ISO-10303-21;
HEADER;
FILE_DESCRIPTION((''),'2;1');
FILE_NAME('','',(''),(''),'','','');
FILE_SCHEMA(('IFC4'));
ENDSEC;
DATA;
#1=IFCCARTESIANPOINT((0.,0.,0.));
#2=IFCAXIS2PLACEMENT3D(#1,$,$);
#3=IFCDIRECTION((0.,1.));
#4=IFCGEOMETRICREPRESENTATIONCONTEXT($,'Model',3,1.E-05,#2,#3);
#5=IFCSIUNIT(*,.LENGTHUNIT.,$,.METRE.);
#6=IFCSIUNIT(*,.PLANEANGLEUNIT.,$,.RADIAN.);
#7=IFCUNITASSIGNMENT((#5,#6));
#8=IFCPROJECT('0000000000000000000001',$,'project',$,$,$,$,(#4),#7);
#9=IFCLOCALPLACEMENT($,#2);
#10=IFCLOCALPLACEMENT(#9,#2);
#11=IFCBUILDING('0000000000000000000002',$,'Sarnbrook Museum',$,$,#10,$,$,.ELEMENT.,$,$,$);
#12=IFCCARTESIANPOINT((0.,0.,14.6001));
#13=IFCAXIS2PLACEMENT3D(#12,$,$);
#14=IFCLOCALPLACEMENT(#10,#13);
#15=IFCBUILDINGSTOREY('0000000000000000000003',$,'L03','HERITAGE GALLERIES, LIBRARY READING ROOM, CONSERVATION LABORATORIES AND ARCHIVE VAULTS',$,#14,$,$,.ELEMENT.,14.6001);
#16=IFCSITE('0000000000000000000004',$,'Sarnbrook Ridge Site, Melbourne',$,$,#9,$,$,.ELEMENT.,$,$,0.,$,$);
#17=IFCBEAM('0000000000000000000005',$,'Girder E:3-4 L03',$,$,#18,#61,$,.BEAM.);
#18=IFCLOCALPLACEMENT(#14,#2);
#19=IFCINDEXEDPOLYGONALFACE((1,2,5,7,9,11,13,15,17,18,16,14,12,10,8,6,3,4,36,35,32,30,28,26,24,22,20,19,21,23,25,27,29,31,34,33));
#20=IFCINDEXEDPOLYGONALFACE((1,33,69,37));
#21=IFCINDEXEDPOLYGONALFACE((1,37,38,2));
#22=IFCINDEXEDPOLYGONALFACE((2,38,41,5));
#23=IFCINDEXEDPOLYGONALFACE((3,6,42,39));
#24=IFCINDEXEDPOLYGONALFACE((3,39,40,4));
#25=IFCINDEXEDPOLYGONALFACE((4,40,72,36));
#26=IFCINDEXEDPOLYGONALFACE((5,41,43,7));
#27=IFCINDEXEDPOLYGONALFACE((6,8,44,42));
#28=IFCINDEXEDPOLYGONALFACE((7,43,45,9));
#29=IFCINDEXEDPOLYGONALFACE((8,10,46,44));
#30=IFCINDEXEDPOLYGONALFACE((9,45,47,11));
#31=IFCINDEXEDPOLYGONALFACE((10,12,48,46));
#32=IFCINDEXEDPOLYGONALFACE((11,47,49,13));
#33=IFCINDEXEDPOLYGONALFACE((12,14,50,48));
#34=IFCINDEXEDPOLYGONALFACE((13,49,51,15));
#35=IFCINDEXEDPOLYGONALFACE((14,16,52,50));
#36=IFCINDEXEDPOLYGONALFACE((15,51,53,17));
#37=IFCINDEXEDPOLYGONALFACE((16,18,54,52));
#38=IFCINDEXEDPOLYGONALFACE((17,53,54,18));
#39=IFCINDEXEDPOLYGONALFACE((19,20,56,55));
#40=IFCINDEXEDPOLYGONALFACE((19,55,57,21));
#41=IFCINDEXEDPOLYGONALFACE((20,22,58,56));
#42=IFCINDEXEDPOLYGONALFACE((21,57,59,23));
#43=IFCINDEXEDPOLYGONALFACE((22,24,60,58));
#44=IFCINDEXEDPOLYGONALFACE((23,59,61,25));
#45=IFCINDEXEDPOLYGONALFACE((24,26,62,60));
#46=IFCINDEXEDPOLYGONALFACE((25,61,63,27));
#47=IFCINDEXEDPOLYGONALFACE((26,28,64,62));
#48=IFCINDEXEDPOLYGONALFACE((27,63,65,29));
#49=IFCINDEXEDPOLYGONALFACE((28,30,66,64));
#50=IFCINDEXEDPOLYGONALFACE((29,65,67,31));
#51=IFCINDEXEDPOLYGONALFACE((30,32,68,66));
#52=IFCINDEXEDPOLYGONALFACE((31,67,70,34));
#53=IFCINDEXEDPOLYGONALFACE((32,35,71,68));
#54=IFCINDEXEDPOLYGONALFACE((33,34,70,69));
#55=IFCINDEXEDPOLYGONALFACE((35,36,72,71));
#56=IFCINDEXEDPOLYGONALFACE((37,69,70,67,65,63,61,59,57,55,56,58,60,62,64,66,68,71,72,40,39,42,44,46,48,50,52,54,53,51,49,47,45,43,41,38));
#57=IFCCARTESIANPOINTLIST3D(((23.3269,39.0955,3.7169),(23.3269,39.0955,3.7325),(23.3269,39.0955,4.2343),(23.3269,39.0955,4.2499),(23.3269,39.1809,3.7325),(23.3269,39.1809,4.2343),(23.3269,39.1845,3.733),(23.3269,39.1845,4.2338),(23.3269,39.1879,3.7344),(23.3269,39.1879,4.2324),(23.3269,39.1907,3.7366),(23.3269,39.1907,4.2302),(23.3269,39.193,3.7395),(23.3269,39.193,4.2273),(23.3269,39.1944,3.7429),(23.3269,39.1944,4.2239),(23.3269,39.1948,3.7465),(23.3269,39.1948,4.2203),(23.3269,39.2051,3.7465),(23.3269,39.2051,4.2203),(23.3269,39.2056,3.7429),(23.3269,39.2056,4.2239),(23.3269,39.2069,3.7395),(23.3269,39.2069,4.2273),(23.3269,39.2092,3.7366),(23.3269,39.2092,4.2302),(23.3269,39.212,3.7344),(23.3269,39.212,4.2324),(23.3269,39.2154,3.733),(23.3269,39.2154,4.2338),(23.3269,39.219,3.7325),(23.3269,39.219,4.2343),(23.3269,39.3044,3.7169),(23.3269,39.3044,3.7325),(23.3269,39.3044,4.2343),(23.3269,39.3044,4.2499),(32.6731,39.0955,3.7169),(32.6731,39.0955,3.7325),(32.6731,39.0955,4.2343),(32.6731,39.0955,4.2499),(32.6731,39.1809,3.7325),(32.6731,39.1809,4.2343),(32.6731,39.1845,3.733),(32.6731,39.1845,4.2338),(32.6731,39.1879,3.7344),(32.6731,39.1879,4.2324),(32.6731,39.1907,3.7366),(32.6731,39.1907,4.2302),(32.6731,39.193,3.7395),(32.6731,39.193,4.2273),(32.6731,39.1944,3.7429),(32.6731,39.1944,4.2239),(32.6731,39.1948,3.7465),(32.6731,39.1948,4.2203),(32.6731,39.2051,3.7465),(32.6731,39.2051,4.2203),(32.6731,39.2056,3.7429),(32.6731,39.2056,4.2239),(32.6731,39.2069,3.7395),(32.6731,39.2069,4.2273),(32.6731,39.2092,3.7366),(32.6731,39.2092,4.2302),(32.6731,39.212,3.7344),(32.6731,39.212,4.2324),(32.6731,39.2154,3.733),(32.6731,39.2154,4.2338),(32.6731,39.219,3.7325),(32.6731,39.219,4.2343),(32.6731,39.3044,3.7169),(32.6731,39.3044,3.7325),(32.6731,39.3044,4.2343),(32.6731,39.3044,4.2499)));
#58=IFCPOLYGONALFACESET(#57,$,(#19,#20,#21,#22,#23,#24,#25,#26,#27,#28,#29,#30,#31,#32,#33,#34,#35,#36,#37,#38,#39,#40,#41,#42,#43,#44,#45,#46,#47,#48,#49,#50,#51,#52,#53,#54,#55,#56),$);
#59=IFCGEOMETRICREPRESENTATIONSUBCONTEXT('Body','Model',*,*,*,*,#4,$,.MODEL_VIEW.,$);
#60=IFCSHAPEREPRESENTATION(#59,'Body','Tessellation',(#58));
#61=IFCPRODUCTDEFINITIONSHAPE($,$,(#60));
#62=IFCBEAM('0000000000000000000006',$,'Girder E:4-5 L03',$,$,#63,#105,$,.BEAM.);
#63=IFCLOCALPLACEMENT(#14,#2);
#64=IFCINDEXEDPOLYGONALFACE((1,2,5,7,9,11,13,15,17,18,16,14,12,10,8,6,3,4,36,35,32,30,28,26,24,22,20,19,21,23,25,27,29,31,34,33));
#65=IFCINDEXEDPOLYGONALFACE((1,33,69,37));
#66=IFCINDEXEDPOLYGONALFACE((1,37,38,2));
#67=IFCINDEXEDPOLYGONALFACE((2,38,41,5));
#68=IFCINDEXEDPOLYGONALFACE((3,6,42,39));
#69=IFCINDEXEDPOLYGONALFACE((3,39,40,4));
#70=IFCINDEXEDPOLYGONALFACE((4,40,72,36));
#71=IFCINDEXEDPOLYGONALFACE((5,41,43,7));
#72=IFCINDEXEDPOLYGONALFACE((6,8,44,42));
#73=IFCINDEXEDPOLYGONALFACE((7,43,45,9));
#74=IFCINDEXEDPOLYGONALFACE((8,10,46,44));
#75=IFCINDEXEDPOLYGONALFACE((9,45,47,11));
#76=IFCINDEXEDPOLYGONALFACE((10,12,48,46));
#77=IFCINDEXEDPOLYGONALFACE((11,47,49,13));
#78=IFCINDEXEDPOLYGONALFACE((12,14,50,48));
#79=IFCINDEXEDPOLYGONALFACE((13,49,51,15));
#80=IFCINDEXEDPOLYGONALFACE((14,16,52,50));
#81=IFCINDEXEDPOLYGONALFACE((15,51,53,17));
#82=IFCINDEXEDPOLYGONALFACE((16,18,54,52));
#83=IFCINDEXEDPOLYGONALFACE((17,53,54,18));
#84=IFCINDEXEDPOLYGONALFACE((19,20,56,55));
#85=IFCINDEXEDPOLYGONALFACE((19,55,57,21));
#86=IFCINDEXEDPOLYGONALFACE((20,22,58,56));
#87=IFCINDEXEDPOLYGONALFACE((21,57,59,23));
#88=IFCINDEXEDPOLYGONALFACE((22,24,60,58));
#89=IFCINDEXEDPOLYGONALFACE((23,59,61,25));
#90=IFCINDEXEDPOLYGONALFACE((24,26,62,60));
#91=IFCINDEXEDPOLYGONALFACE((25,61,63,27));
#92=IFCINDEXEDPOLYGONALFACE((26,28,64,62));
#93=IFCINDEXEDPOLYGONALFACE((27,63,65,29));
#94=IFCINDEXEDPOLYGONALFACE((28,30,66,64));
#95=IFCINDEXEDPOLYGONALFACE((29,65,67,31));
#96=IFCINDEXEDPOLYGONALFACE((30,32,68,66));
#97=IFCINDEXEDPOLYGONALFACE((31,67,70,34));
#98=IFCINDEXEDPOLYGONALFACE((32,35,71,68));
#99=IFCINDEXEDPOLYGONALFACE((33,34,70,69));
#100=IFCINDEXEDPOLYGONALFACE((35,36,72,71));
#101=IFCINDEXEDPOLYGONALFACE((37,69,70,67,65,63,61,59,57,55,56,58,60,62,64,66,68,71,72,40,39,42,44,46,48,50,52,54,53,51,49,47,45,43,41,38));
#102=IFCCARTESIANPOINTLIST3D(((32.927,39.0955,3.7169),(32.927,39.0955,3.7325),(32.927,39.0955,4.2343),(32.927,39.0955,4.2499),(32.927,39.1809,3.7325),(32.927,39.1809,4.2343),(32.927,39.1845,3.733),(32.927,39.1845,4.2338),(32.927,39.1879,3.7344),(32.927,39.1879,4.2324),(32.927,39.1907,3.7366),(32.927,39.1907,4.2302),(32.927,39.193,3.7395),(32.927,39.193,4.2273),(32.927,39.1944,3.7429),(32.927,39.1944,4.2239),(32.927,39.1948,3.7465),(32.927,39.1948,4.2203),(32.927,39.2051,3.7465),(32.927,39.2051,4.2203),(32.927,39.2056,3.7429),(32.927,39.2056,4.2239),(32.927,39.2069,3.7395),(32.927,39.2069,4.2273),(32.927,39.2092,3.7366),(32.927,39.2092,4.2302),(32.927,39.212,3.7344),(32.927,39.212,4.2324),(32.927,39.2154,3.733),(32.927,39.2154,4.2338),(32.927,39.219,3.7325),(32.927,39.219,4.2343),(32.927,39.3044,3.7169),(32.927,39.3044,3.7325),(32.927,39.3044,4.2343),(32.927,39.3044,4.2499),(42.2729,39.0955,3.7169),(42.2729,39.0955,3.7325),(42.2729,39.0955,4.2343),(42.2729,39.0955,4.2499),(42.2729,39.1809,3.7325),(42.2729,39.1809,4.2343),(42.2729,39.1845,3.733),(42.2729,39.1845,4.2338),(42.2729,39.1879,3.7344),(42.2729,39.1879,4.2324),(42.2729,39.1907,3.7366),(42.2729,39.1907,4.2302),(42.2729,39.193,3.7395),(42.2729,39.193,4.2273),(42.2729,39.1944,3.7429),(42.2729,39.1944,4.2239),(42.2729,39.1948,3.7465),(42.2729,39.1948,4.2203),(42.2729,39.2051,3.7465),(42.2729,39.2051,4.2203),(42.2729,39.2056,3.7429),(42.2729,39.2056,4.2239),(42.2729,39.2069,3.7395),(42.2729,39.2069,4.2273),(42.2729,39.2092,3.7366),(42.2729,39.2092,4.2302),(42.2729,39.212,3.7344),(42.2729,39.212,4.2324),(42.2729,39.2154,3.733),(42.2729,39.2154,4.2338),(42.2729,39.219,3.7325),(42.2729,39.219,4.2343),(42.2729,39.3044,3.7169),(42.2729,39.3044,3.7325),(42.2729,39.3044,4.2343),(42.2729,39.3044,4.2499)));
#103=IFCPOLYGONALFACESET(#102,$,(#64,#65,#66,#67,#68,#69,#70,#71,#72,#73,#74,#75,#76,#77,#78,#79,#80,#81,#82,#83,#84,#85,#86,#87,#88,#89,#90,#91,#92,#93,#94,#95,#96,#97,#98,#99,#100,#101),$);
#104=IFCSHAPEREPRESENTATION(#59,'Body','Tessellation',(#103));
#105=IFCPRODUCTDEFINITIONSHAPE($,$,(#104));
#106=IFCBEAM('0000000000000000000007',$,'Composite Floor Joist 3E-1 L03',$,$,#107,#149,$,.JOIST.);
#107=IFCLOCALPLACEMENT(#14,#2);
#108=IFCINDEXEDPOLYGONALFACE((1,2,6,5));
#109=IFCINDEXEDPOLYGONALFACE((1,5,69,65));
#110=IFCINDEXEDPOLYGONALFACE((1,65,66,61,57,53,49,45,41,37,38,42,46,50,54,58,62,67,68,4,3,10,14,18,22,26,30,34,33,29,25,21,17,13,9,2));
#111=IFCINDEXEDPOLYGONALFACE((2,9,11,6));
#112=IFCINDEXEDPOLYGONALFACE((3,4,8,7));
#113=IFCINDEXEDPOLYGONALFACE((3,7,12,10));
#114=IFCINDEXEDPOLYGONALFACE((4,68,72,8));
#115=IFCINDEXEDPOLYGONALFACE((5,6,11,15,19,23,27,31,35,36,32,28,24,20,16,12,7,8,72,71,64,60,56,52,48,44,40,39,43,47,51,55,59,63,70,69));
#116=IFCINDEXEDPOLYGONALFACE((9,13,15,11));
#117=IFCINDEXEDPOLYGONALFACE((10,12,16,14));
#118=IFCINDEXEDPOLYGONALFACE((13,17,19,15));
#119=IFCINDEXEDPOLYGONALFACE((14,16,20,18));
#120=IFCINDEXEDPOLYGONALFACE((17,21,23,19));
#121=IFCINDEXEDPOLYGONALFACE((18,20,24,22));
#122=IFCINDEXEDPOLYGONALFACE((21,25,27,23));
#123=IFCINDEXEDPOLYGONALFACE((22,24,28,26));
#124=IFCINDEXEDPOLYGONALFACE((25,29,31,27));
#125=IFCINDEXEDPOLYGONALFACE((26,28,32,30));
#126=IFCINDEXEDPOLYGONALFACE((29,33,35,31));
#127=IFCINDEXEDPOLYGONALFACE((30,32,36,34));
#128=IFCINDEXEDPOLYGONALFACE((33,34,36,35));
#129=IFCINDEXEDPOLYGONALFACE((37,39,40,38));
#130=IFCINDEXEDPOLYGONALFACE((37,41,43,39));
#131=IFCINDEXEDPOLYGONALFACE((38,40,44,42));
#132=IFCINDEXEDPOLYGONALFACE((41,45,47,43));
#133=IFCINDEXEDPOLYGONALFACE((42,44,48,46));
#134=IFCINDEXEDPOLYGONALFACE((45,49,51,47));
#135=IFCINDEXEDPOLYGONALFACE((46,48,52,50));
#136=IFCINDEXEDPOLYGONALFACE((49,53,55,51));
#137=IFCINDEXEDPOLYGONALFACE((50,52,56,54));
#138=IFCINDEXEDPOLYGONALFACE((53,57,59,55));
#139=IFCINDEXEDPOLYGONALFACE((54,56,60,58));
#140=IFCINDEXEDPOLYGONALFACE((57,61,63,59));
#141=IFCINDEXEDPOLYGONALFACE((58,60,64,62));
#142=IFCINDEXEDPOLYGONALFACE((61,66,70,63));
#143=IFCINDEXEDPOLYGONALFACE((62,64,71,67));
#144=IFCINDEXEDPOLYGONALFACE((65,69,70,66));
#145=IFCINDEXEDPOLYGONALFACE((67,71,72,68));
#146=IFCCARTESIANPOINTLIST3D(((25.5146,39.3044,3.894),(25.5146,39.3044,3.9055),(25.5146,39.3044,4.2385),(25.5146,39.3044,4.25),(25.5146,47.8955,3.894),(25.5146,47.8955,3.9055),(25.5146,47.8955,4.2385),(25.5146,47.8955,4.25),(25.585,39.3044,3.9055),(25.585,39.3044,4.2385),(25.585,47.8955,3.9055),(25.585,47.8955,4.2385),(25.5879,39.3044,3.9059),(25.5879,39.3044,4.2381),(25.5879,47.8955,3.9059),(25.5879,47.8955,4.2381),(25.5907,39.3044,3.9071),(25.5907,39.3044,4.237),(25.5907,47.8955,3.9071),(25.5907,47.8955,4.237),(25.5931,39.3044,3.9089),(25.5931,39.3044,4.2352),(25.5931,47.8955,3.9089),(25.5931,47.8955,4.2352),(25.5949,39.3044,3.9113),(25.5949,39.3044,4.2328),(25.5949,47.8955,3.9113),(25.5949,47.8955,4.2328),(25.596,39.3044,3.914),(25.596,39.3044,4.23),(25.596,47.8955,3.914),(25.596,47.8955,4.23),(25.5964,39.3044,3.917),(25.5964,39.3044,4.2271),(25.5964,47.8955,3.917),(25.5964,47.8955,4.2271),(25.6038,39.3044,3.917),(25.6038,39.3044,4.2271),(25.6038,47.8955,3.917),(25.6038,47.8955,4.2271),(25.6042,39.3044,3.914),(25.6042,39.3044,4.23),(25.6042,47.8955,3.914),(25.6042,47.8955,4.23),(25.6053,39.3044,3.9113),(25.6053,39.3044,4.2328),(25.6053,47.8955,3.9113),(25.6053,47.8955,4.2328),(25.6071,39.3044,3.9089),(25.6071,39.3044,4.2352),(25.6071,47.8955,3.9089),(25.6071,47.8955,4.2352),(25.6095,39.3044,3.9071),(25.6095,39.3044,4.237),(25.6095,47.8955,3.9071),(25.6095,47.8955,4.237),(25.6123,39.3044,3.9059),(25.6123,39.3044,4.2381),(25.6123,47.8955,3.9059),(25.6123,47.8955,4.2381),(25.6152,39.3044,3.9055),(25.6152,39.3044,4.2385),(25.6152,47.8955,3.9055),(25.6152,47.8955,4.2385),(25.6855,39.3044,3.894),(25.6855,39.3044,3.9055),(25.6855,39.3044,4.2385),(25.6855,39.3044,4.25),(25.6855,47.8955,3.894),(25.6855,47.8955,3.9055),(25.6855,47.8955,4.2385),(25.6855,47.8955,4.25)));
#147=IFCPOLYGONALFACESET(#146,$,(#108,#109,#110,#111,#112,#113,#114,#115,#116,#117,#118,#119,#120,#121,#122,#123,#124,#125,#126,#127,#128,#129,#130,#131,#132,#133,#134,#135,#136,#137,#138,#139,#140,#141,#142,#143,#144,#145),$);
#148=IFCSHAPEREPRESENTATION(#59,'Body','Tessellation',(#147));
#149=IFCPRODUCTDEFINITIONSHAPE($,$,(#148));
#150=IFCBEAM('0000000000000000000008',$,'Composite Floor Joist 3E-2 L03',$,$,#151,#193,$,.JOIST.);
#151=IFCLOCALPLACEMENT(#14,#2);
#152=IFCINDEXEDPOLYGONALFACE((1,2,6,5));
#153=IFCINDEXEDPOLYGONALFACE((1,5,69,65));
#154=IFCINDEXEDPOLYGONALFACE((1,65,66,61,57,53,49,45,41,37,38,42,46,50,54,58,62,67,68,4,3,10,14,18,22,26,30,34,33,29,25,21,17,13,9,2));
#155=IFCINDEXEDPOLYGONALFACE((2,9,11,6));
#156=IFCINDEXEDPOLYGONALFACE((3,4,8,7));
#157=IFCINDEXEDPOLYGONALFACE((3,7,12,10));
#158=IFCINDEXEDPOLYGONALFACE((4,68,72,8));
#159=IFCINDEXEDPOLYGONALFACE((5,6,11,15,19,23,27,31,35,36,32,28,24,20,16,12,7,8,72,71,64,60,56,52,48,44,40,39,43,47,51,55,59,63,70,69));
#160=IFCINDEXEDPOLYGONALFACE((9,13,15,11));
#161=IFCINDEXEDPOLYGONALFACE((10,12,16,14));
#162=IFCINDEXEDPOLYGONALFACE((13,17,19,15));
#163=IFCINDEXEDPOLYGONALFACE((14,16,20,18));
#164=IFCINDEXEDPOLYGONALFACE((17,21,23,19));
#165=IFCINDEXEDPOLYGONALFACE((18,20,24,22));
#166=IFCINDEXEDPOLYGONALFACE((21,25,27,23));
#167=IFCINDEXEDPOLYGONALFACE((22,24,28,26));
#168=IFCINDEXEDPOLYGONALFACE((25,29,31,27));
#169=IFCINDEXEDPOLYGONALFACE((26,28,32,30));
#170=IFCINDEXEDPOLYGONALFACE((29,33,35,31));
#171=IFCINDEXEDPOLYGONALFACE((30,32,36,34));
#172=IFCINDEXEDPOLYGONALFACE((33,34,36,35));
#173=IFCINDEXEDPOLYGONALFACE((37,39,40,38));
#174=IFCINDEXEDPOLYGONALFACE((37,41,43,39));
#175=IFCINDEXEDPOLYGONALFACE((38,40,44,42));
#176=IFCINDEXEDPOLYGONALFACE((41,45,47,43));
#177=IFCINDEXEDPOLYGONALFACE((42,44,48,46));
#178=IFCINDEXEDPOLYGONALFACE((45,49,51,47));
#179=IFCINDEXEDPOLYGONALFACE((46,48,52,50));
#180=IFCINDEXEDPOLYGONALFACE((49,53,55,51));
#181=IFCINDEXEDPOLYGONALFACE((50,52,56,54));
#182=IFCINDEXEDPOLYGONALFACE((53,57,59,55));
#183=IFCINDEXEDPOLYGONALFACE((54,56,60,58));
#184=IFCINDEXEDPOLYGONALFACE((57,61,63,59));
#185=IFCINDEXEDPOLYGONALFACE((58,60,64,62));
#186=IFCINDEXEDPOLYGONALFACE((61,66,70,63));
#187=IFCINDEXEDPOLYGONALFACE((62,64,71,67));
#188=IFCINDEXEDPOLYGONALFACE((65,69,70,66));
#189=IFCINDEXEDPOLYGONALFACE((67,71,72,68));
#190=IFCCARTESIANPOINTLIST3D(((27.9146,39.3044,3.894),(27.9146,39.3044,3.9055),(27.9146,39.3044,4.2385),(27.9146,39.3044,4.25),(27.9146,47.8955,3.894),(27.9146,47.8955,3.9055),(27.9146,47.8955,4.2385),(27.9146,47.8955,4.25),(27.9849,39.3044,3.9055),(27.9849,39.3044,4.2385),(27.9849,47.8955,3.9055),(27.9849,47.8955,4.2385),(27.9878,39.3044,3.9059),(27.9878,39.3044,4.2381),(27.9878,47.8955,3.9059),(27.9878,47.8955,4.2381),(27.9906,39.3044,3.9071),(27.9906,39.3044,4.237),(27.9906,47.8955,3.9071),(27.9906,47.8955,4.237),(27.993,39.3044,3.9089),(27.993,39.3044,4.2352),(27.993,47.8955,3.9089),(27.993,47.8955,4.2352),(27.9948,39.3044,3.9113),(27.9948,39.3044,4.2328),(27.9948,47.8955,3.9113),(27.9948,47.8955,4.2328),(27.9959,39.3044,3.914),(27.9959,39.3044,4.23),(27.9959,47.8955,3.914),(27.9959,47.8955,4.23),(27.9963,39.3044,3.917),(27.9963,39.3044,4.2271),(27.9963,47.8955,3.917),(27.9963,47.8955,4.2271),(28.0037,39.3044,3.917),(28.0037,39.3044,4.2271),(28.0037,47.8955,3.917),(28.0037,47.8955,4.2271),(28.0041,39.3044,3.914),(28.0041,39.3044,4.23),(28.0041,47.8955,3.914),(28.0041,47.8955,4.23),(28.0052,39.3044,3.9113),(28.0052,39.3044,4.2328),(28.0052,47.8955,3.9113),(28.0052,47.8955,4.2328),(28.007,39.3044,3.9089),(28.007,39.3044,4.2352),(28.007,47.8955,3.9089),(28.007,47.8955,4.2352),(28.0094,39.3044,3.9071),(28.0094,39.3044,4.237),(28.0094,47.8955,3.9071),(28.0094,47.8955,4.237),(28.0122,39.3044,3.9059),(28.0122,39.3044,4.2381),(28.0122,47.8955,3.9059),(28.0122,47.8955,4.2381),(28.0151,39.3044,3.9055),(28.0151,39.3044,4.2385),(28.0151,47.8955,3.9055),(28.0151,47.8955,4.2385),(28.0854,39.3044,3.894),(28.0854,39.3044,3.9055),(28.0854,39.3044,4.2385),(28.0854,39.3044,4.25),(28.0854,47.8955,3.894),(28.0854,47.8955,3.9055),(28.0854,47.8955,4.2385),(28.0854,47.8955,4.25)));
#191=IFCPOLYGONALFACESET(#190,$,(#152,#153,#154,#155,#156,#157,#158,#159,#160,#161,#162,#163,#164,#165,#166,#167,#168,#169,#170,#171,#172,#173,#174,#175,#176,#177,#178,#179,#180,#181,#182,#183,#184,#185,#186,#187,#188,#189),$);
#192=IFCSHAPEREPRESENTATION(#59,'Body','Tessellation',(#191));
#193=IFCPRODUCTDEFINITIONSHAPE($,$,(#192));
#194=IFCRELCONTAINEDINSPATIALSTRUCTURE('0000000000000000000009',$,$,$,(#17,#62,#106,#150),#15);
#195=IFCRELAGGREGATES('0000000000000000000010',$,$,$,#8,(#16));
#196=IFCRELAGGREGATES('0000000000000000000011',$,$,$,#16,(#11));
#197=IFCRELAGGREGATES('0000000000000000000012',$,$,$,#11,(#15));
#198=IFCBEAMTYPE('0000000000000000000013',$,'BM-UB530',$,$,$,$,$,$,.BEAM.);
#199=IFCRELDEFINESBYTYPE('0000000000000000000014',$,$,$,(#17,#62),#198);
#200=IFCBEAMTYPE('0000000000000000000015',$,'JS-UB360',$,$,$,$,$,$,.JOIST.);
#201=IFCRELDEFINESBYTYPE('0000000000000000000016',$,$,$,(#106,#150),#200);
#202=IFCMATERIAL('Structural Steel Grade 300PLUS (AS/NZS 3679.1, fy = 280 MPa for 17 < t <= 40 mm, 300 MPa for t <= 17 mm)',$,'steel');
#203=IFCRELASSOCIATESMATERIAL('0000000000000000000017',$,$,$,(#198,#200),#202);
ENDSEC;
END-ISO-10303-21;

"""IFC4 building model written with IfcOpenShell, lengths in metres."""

from ifc_helpers import new_model, si_unit, direction, frame, origin, origin_2d, place, context, subcontext, project, spatial, i_section, extrude, material, material_profile, profile_set, type_object, element, save


model = new_model("IFC4")

# Units and contexts
model_context = context("Model", 3, precision=1e-05, world=origin(), true_north=direction((0.0, 1.0)))
body_context = subcontext(model_context, "Body", "Model", "MODEL_VIEW")
ifc_project = project(units=[si_unit("LENGTHUNIT", "METRE"), si_unit("PLANEANGLEUNIT", "RADIAN")], contexts=[model_context])

# Site, building, storey
site_placement = place(None, origin())
site = spatial("IfcSite", under=ifc_project, at=site_placement, Name="Sarnbrook Ridge Site, Melbourne", CompositionType="ELEMENT", RefElevation=0.0)
building_placement = place(site_placement, origin())
building = spatial("IfcBuilding", under=site, at=building_placement, Name="Sarnbrook Museum", CompositionType="ELEMENT")
storey_placement = place(building_placement, frame((0.0, 0.0, 14.6001)))
storey = spatial("IfcBuildingStorey", under=building, at=storey_placement, Name="L03", Description="HERITAGE GALLERIES, LIBRARY READING ROOM, CONSERVATION LABORATORIES AND ARCHIVE VAULTS", CompositionType="ELEMENT", Elevation=14.6001)

# Shared definitions
ifc_material_1 = material(Name="Structural Steel Grade 300PLUS (AS/NZS 3679.1, fy = 280 MPa for 17 < t <= 40 mm, 300 MPa for t <= 17 mm)", Category="steel")

# Beams
ifc_material_profile_1 = material_profile(ifc_material_1, i_section(OverallWidth=0.209, OverallDepth=0.533, WebThickness=0.0103, FlangeThickness=0.0156, FilletRadius=0.0139, at=origin_2d()), Name="530UB92.4")
ifc_profile_set_1 = profile_set([ifc_material_profile_1], Name="Structural Steel Grade 300PLUS (AS/NZS 3679.1, fy = 280 MPa for 17 < t <= 40 mm, 300 MPa for t <= 17 mm)")
beam_type_1 = type_object("IfcBeamType", Name="BM-UB530", PredefinedType="BEAM", material=ifc_profile_set_1)
beam_1_placement = place(storey_placement, frame((23.3269, 39.2, 3.9834), z_axis=(1.0, 0.0, 0.0), x_axis=(0.0, 1.0, 0.0)))
element("IfcBeam", 1, at=beam_1_placement, inside=storey, type_object=beam_type_1, Name="Girder E:3-4 L03", PredefinedType="BEAM", context=body_context, shape_type="SweptSolid", body=[
    extrude(i_section(OverallWidth=0.209, OverallDepth=0.533, WebThickness=0.0103, FlangeThickness=0.0156, FilletRadius=0.0139, at=origin_2d()), origin(), (0.0, 0.0, 1.0), 9.3462),
])
beam_2_placement = place(storey_placement, frame((32.927, 39.2, 3.9834), z_axis=(1.0, 0.0, 0.0), x_axis=(0.0, 1.0, 0.0)))
element("IfcBeam", 2, at=beam_2_placement, inside=storey, type_object=beam_type_1, Name="Girder E:4-5 L03", PredefinedType="BEAM", context=body_context, shape_type="SweptSolid", body=[
    extrude(i_section(OverallWidth=0.209, OverallDepth=0.533, WebThickness=0.0103, FlangeThickness=0.0156, FilletRadius=0.0139, at=origin_2d()), origin(), (0.0, 0.0, 1.0), 9.3459),
])
ifc_material_profile_2 = material_profile(ifc_material_1, i_section(OverallWidth=0.1709, OverallDepth=0.356, WebThickness=0.0073, FlangeThickness=0.0115, FilletRadius=0.0115, at=origin_2d()), Name="360UB50.7")
ifc_profile_set_2 = profile_set([ifc_material_profile_2], Name="Structural Steel Grade 300PLUS (AS/NZS 3679.1, fy = 280 MPa for 17 < t <= 40 mm, 300 MPa for t <= 17 mm)")
beam_type_2 = type_object("IfcBeamType", Name="JS-UB360", PredefinedType="JOIST", material=ifc_profile_set_2)
for number, where, z_axis, x_axis, name in (
    (3, (25.6001, 39.3044, 4.072), (0.0, 1.0, 0.0), (-1.0, 0.0, 0.0), "Composite Floor Joist 3E-1 L03"),
    (4, (28.0, 39.3044, 4.072), (0.0, 1.0, 0.0), (-1.0, 0.0, 0.0), "Composite Floor Joist 3E-2 L03"),
):
    element("IfcBeam", number, at=place(storey_placement, frame(where, z_axis=z_axis, x_axis=x_axis)), inside=storey, type_object=beam_type_2, Name=name, PredefinedType="JOIST", context=body_context, shape_type="SweptSolid", body=[
        extrude(i_section(OverallWidth=0.1709, OverallDepth=0.356, WebThickness=0.0073, FlangeThickness=0.0115, FilletRadius=0.0115, at=origin_2d()), origin(), (0.0, 0.0, 1.0), 8.5911),
    ])

save(model, "model.ifc")
